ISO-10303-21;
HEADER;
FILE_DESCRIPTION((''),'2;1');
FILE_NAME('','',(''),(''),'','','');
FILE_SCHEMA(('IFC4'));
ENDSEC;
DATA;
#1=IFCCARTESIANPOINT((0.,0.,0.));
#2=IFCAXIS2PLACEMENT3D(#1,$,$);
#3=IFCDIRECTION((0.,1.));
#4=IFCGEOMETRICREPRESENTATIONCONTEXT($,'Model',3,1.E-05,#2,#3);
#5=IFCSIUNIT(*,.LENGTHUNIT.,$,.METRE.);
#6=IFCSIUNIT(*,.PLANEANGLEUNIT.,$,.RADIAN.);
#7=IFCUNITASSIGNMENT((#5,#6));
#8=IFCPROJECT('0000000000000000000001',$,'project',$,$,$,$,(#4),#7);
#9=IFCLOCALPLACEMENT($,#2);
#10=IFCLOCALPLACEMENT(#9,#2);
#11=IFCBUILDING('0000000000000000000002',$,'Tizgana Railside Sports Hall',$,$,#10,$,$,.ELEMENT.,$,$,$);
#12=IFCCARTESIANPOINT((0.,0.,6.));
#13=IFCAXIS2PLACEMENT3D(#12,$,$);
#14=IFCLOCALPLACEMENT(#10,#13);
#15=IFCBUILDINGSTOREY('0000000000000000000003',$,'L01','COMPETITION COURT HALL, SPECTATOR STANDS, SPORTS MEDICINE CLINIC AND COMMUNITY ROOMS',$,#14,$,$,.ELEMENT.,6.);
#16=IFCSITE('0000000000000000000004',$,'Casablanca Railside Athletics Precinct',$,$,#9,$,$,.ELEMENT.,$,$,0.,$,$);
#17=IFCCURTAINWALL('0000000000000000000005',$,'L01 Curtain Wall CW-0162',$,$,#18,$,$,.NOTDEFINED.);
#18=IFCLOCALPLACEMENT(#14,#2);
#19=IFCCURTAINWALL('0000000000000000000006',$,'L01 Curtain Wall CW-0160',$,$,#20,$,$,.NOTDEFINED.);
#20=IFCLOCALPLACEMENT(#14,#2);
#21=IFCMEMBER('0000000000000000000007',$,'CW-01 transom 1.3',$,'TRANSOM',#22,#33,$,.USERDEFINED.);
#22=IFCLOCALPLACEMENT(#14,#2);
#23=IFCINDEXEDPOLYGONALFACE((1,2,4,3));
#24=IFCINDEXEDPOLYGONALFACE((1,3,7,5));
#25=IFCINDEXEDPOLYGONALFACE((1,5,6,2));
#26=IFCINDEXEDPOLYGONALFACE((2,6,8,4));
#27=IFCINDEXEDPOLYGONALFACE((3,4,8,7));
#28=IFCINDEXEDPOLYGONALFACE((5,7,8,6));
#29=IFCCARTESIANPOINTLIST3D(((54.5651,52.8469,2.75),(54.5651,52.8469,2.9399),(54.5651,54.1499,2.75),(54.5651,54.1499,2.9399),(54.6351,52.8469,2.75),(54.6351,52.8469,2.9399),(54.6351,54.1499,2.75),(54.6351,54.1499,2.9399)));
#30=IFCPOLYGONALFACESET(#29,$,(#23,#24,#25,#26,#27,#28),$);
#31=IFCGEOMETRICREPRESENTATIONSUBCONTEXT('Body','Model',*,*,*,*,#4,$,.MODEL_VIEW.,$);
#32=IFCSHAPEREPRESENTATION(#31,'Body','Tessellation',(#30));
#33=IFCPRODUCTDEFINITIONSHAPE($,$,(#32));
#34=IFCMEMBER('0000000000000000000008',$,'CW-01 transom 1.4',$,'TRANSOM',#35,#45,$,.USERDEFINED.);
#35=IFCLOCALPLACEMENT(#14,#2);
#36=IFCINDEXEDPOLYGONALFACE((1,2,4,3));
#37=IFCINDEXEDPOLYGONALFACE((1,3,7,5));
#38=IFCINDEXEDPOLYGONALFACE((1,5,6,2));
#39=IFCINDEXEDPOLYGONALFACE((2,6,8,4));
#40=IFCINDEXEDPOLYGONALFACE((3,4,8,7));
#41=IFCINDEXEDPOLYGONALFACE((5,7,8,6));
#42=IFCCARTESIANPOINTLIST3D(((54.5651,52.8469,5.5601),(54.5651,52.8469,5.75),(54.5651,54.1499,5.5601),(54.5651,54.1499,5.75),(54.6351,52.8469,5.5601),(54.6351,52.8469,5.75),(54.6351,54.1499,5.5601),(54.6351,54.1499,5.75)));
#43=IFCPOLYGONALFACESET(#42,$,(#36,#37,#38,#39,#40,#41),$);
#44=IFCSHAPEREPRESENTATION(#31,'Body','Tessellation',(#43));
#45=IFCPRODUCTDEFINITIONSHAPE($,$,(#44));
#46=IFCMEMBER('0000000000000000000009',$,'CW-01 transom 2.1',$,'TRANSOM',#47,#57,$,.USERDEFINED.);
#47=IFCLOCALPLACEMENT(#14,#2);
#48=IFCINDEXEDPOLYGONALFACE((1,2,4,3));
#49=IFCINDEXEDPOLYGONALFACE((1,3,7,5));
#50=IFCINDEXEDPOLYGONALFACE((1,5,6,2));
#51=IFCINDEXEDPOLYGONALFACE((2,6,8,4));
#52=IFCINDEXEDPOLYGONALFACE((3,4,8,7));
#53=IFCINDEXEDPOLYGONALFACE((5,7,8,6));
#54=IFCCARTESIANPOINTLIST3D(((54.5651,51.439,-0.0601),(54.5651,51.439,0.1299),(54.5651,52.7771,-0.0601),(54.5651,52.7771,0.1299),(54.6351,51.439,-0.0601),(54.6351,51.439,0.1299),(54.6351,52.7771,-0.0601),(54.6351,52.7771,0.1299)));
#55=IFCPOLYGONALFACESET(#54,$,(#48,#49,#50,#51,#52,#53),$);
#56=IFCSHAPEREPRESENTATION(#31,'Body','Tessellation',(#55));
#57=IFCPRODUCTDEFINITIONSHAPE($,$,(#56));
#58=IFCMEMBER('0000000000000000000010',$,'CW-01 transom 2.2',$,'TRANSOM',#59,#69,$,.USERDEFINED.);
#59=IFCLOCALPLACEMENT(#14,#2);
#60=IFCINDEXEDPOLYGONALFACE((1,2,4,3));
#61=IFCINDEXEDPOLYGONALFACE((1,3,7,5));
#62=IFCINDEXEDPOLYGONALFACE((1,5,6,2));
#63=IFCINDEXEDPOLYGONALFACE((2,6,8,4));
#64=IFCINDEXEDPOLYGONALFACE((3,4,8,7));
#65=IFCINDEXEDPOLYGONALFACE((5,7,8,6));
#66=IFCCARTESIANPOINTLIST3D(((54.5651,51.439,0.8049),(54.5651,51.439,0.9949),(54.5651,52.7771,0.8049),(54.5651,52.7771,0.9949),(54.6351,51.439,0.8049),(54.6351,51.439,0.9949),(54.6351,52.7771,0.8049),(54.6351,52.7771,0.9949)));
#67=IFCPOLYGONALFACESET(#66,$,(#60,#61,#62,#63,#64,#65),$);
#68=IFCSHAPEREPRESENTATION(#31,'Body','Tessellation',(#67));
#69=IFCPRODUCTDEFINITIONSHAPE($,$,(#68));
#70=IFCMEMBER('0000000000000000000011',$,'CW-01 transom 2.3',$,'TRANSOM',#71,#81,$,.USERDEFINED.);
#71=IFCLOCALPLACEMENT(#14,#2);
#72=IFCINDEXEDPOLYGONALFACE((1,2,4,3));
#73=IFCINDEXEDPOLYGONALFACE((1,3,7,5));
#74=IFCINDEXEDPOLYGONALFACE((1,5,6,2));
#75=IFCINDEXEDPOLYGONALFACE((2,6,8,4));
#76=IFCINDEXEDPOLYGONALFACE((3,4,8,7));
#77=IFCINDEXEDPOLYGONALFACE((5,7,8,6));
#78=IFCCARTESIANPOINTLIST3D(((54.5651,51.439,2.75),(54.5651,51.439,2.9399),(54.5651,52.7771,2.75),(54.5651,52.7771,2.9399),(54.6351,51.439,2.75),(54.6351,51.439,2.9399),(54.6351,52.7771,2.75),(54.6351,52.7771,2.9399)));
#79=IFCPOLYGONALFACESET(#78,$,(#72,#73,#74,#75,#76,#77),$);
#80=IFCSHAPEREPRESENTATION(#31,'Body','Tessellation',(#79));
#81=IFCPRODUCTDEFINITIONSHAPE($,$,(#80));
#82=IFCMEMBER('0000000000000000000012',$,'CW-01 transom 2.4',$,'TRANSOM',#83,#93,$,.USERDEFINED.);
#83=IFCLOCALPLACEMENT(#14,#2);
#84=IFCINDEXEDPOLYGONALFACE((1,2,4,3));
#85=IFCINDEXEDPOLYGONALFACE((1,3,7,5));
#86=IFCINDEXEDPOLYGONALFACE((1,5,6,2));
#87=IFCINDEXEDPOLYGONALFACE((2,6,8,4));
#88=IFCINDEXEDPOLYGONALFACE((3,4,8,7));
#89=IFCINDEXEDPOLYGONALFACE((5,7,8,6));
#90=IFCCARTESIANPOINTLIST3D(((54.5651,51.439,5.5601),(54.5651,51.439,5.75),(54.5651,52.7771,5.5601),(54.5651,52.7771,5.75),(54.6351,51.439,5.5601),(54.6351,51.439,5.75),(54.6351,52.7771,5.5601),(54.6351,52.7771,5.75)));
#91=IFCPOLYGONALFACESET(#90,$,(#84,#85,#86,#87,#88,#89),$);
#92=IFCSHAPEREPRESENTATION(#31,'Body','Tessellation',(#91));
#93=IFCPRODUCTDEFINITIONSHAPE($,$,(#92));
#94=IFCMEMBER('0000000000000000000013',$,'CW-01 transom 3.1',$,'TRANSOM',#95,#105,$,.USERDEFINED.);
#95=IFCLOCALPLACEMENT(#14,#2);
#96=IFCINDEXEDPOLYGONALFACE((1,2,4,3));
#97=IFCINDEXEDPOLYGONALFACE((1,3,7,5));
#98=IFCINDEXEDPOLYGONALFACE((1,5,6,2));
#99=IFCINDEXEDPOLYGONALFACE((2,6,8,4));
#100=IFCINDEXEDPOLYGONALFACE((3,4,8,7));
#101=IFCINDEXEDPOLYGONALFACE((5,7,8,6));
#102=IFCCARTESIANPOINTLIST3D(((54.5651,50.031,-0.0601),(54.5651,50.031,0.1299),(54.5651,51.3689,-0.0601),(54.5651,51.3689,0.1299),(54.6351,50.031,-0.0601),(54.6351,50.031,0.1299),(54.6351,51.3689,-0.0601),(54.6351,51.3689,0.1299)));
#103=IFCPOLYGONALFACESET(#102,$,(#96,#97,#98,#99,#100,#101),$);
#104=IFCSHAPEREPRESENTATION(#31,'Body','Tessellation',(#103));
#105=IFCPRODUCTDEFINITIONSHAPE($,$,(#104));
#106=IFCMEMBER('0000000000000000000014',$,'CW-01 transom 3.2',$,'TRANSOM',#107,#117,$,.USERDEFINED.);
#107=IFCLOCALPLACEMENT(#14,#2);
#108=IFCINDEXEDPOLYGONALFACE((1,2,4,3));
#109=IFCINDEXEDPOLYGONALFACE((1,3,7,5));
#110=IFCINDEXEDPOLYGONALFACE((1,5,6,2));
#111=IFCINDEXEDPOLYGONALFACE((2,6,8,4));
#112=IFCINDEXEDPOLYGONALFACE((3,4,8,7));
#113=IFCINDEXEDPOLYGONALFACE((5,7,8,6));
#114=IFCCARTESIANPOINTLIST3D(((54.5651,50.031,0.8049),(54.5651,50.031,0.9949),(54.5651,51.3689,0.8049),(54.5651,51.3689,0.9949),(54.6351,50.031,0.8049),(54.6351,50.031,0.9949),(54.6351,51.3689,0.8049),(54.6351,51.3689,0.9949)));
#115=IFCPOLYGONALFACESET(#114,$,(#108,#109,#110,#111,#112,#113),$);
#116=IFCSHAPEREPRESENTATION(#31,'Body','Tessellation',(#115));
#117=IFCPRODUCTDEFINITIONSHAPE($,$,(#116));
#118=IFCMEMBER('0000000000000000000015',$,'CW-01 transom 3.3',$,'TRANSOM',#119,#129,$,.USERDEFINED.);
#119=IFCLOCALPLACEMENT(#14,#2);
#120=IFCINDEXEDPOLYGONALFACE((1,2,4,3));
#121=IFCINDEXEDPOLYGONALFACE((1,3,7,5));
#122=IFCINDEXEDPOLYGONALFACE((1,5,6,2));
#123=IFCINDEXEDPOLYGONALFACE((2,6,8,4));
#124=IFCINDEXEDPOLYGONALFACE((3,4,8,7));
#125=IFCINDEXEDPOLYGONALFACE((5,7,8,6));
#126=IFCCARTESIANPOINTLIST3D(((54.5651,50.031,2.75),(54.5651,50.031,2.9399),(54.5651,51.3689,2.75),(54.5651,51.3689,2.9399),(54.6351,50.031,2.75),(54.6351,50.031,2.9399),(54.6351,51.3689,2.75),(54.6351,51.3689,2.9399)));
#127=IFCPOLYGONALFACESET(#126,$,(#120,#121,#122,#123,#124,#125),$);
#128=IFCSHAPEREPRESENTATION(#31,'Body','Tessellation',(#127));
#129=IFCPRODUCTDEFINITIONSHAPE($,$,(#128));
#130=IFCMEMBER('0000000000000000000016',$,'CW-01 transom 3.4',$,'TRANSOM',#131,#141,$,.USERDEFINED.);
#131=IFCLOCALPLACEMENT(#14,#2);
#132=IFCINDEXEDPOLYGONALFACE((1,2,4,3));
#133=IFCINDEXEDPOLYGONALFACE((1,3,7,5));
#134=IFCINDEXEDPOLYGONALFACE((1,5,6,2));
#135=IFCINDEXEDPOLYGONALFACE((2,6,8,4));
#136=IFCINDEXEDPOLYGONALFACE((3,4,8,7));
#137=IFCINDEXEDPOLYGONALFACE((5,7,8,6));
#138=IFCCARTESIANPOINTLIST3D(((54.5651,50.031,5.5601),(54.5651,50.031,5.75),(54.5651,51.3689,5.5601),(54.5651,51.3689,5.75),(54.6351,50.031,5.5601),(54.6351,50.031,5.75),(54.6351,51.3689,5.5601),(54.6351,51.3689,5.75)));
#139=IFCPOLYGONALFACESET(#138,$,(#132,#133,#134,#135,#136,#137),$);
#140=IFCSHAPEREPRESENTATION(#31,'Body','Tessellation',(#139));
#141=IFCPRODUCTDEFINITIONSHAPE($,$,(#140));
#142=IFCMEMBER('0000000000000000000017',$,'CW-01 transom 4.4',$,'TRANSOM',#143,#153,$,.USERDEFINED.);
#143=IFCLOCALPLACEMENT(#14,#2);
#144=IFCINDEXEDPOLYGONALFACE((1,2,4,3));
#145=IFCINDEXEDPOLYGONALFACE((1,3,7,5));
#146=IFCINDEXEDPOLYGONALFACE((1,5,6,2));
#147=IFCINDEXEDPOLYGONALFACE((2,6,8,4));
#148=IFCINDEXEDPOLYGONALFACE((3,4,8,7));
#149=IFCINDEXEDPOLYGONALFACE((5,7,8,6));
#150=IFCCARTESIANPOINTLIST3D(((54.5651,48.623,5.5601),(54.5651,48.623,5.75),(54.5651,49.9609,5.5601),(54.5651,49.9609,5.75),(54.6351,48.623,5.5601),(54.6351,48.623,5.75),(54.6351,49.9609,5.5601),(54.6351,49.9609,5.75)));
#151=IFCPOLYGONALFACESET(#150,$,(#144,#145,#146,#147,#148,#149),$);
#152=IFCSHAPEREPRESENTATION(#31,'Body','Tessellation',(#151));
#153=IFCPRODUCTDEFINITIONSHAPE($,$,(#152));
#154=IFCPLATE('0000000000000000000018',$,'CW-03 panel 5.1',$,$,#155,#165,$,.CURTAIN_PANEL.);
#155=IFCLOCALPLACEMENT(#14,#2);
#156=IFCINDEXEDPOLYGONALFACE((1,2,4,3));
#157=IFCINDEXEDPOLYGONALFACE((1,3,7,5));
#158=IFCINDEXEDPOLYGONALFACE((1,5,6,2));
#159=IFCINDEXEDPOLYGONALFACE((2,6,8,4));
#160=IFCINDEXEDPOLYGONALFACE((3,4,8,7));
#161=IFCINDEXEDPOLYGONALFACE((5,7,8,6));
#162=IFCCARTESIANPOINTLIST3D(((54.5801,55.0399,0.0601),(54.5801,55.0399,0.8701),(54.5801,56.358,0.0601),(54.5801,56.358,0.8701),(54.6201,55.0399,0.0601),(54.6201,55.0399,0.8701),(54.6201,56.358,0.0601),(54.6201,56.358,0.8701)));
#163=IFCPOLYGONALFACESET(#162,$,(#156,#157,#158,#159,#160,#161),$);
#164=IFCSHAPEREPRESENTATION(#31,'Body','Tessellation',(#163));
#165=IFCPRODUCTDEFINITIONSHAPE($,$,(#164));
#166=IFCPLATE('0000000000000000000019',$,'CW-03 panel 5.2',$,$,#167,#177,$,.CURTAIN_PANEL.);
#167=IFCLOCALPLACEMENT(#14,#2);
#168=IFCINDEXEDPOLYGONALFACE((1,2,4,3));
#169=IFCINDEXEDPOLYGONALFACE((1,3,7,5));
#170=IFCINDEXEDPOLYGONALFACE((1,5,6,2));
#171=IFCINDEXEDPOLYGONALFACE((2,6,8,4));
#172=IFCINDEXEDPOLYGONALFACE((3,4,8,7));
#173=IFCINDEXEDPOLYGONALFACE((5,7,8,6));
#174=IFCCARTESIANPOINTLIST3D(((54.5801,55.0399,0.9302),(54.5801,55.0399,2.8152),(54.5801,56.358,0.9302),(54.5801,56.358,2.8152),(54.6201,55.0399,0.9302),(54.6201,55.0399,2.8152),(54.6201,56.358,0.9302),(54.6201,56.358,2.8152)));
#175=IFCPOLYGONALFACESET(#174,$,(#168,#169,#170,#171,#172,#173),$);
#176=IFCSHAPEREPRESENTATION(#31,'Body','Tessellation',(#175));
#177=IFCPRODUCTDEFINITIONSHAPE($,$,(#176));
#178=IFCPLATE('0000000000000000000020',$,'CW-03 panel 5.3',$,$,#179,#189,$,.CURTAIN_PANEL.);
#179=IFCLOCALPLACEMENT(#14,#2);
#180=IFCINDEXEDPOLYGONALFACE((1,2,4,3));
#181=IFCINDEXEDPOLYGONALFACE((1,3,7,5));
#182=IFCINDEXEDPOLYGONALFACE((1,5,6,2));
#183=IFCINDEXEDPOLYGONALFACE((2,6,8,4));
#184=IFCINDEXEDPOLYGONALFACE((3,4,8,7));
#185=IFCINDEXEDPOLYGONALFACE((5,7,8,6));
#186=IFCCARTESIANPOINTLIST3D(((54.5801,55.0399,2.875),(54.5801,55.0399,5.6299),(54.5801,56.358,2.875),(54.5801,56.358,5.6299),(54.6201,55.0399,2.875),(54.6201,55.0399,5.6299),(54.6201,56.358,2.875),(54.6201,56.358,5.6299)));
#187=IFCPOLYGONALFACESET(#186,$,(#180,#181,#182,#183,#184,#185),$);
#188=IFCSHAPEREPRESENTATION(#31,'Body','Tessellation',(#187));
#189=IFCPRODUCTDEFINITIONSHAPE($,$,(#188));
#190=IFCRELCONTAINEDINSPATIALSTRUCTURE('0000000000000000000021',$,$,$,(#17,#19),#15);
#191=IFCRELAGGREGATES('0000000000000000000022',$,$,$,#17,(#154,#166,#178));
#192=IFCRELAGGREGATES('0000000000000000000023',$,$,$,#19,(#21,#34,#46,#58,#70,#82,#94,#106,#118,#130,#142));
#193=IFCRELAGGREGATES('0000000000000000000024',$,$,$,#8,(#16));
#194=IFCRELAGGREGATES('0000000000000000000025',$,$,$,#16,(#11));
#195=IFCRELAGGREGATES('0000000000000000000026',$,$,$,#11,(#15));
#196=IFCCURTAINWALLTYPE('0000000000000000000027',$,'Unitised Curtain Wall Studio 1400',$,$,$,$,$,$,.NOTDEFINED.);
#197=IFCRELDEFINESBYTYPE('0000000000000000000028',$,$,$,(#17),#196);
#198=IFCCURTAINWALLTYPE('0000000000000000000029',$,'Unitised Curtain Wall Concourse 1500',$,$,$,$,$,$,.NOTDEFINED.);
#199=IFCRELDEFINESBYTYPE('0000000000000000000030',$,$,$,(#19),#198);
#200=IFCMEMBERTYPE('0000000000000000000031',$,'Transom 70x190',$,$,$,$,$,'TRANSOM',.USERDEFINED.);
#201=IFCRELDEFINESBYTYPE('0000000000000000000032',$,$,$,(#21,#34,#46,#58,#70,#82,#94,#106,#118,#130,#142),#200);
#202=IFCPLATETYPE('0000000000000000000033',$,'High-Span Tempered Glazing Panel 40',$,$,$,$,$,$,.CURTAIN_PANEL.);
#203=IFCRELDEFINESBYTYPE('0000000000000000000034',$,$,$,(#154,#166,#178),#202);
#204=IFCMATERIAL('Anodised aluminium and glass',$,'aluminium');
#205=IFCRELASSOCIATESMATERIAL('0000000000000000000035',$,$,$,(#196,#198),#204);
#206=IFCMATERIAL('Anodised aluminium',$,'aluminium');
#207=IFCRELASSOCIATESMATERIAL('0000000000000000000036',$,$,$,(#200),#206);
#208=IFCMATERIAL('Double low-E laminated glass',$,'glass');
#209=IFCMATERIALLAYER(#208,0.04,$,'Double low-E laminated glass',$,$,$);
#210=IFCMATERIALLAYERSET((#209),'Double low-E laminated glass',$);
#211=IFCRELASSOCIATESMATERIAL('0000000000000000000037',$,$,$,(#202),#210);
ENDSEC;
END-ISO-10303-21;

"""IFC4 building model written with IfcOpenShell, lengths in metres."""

from ifc_helpers import new_model, si_unit, direction, frame, origin, origin_2d, place, context, subcontext, project, spatial, rectangle, extrude, material, layer, layer_set, material_profile, profile_set, type_object, element, aggregate, save


model = new_model("IFC4")

# Units and contexts
model_context = context("Model", 3, precision=1e-05, world=origin(), true_north=direction((0.0, 1.0)))
body_context = subcontext(model_context, "Body", "Model", "MODEL_VIEW")
ifc_project = project(units=[si_unit("LENGTHUNIT", "METRE"), si_unit("PLANEANGLEUNIT", "RADIAN")], contexts=[model_context])

# Site, building, storey
site_placement = place(None, origin())
site = spatial("IfcSite", under=ifc_project, at=site_placement, Name="Casablanca Railside Athletics Precinct", CompositionType="ELEMENT", RefElevation=0.0)
building_placement = place(site_placement, origin())
building = spatial("IfcBuilding", under=site, at=building_placement, Name="Tizgana Railside Sports Hall", CompositionType="ELEMENT")
storey_placement = place(building_placement, frame((0.0, 0.0, 6.0)))
storey = spatial("IfcBuildingStorey", under=building, at=storey_placement, Name="L01", Description="COMPETITION COURT HALL, SPECTATOR STANDS, SPORTS MEDICINE CLINIC AND COMMUNITY ROOMS", CompositionType="ELEMENT", Elevation=6.0)

# Curtain wall
ifc_material_1 = material(Name="Anodised aluminium and glass", Category="aluminium")
curtain_wall_type_1 = type_object("IfcCurtainWallType", Name="Unitised Curtain Wall Studio 1400", PredefinedType="NOTDEFINED", material=ifc_material_1)
curtain_wall_1_placement = place(storey_placement, origin())
curtain_wall_1 = element("IfcCurtainWall", 1, at=curtain_wall_1_placement, inside=storey, type_object=curtain_wall_type_1, Name="L01 Curtain Wall CW-0162", PredefinedType="NOTDEFINED")
ifc_material_2 = material(Name="Anodised aluminium", Category="aluminium")

# Curtain wall
curtain_wall_type_2 = type_object("IfcCurtainWallType", Name="Unitised Curtain Wall Concourse 1500", PredefinedType="NOTDEFINED", material=ifc_material_1)
curtain_wall_2_placement = place(storey_placement, origin())
curtain_wall_2 = element("IfcCurtainWall", 2, at=curtain_wall_2_placement, inside=storey, type_object=curtain_wall_type_2, Name="L01 Curtain Wall CW-0160", PredefinedType="NOTDEFINED")

# Members
ifc_material_profile_1 = material_profile(ifc_material_2, rectangle(XDim=0.0701, YDim=0.1899, at=origin_2d()), Name="Transom 70x190")
ifc_profile_set_1 = profile_set([ifc_material_profile_1], Name="Anodised aluminium")
member_type_1 = type_object("IfcMemberType", Name="Transom 70x190", ElementType="TRANSOM", PredefinedType="USERDEFINED", material=ifc_profile_set_1)
member_1_placement = place(storey_placement, frame((54.6001, 54.1499, 2.845), z_axis=(0.0, -1.0, 0.0), x_axis=(1.0, 0.0, 0.0)))
member_1 = element("IfcMember", 3, at=member_1_placement, type_object=member_type_1, Name="CW-01 transom 1.3", ObjectType="TRANSOM", PredefinedType="USERDEFINED", context=body_context, shape_type="SweptSolid", body=[
    extrude(rectangle(XDim=0.0701, YDim=0.1899, at=origin_2d()), origin(), (0.0, 0.0, 1.0), 1.303),
])
member_2_placement = place(storey_placement, frame((54.6001, 54.1499, 5.655), z_axis=(0.0, -1.0, 0.0), x_axis=(1.0, 0.0, 0.0)))
member_2 = element("IfcMember", 4, at=member_2_placement, type_object=member_type_1, Name="CW-01 transom 1.4", ObjectType="TRANSOM", PredefinedType="USERDEFINED", context=body_context, shape_type="SweptSolid", body=[
    extrude(rectangle(XDim=0.0701, YDim=0.1899, at=origin_2d()), origin(), (0.0, 0.0, 1.0), 1.303),
])
member_3_placement = place(storey_placement, frame((54.6001, 52.7771, 0.0349), z_axis=(0.0, -1.0, 0.0), x_axis=(1.0, 0.0, 0.0)))
member_3 = element("IfcMember", 5, at=member_3_placement, type_object=member_type_1, Name="CW-01 transom 2.1", ObjectType="TRANSOM", PredefinedType="USERDEFINED", context=body_context, shape_type="SweptSolid", body=[
    extrude(rectangle(XDim=0.0701, YDim=0.1899, at=origin_2d()), origin(), (0.0, 0.0, 1.0), 1.3381),
])
member_4_placement = place(storey_placement, frame((54.6001, 52.7771, 0.8999), z_axis=(0.0, -1.0, 0.0), x_axis=(1.0, 0.0, 0.0)))
member_4 = element("IfcMember", 6, at=member_4_placement, type_object=member_type_1, Name="CW-01 transom 2.2", ObjectType="TRANSOM", PredefinedType="USERDEFINED", context=body_context, shape_type="SweptSolid", body=[
    extrude(rectangle(XDim=0.0701, YDim=0.1899, at=origin_2d()), origin(), (0.0, 0.0, 1.0), 1.3381),
])
member_5_placement = place(storey_placement, frame((54.6001, 52.7771, 2.845), z_axis=(0.0, -1.0, 0.0), x_axis=(1.0, 0.0, 0.0)))
member_5 = element("IfcMember", 7, at=member_5_placement, type_object=member_type_1, Name="CW-01 transom 2.3", ObjectType="TRANSOM", PredefinedType="USERDEFINED", context=body_context, shape_type="SweptSolid", body=[
    extrude(rectangle(XDim=0.0701, YDim=0.1899, at=origin_2d()), origin(), (0.0, 0.0, 1.0), 1.3381),
])
member_6_placement = place(storey_placement, frame((54.6001, 52.7771, 5.655), z_axis=(0.0, -1.0, 0.0), x_axis=(1.0, 0.0, 0.0)))
member_6 = element("IfcMember", 8, at=member_6_placement, type_object=member_type_1, Name="CW-01 transom 2.4", ObjectType="TRANSOM", PredefinedType="USERDEFINED", context=body_context, shape_type="SweptSolid", body=[
    extrude(rectangle(XDim=0.0701, YDim=0.1899, at=origin_2d()), origin(), (0.0, 0.0, 1.0), 1.3381),
])
member_7_placement = place(storey_placement, frame((54.6001, 51.3689, 0.0349), z_axis=(0.0, -1.0, 0.0), x_axis=(1.0, 0.0, 0.0)))
member_7 = element("IfcMember", 9, at=member_7_placement, type_object=member_type_1, Name="CW-01 transom 3.1", ObjectType="TRANSOM", PredefinedType="USERDEFINED", context=body_context, shape_type="SweptSolid", body=[
    extrude(rectangle(XDim=0.0701, YDim=0.1899, at=origin_2d()), origin(), (0.0, 0.0, 1.0), 1.3379),
])
member_8_placement = place(storey_placement, frame((54.6001, 51.3689, 0.8999), z_axis=(0.0, -1.0, 0.0), x_axis=(1.0, 0.0, 0.0)))
member_8 = element("IfcMember", 10, at=member_8_placement, type_object=member_type_1, Name="CW-01 transom 3.2", ObjectType="TRANSOM", PredefinedType="USERDEFINED", context=body_context, shape_type="SweptSolid", body=[
    extrude(rectangle(XDim=0.0701, YDim=0.1899, at=origin_2d()), origin(), (0.0, 0.0, 1.0), 1.3379),
])
member_9_placement = place(storey_placement, frame((54.6001, 51.3689, 2.845), z_axis=(0.0, -1.0, 0.0), x_axis=(1.0, 0.0, 0.0)))
member_9 = element("IfcMember", 11, at=member_9_placement, type_object=member_type_1, Name="CW-01 transom 3.3", ObjectType="TRANSOM", PredefinedType="USERDEFINED", context=body_context, shape_type="SweptSolid", body=[
    extrude(rectangle(XDim=0.0701, YDim=0.1899, at=origin_2d()), origin(), (0.0, 0.0, 1.0), 1.3379),
])
member_10_placement = place(storey_placement, frame((54.6001, 51.3689, 5.655), z_axis=(0.0, -1.0, 0.0), x_axis=(1.0, 0.0, 0.0)))
member_10 = element("IfcMember", 12, at=member_10_placement, type_object=member_type_1, Name="CW-01 transom 3.4", ObjectType="TRANSOM", PredefinedType="USERDEFINED", context=body_context, shape_type="SweptSolid", body=[
    extrude(rectangle(XDim=0.0701, YDim=0.1899, at=origin_2d()), origin(), (0.0, 0.0, 1.0), 1.3379),
])
member_11_placement = place(storey_placement, frame((54.6001, 49.9609, 5.655), z_axis=(0.0, -1.0, 0.0), x_axis=(1.0, 0.0, 0.0)))
member_11 = element("IfcMember", 13, at=member_11_placement, type_object=member_type_1, Name="CW-01 transom 4.4", ObjectType="TRANSOM", PredefinedType="USERDEFINED", context=body_context, shape_type="SweptSolid", body=[
    extrude(rectangle(XDim=0.0701, YDim=0.1899, at=origin_2d()), origin(), (0.0, 0.0, 1.0), 1.3379),
])

# Plates
ifc_material_3 = material(Name="Double low-E laminated glass", Category="glass")
ifc_layer_1 = layer(ifc_material_3, 0.04, Name="Double low-E laminated glass")
ifc_layer_set_1 = layer_set([ifc_layer_1], Name="Double low-E laminated glass")
plate_type_1 = type_object("IfcPlateType", Name="High-Span Tempered Glazing Panel 40", PredefinedType="CURTAIN_PANEL", material=ifc_layer_set_1)
plate_1_placement = place(storey_placement, frame((54.6001, 55.699, 0.0601), z_axis=(0.0, 0.0, 1.0), x_axis=(0.0, -1.0, 0.0)))
plate_1 = element("IfcPlate", 14, at=plate_1_placement, type_object=plate_type_1, Name="CW-03 panel 5.1", PredefinedType="CURTAIN_PANEL", context=body_context, shape_type="SweptSolid", body=[
    extrude(rectangle(XDim=1.3181, YDim=0.04, at=origin_2d()), origin(), (0.0, 0.0, 1.0), 0.8101),
])
plate_2_placement = place(storey_placement, frame((54.6001, 55.699, 0.9302), z_axis=(0.0, 0.0, 1.0), x_axis=(0.0, -1.0, 0.0)))
plate_2 = element("IfcPlate", 15, at=plate_2_placement, type_object=plate_type_1, Name="CW-03 panel 5.2", PredefinedType="CURTAIN_PANEL", context=body_context, shape_type="SweptSolid", body=[
    extrude(rectangle(XDim=1.3181, YDim=0.04, at=origin_2d()), origin(), (0.0, 0.0, 1.0), 1.885),
])
plate_3_placement = place(storey_placement, frame((54.6001, 55.699, 2.875), z_axis=(0.0, 0.0, 1.0), x_axis=(0.0, -1.0, 0.0)))
plate_3 = element("IfcPlate", 16, at=plate_3_placement, type_object=plate_type_1, Name="CW-03 panel 5.3", PredefinedType="CURTAIN_PANEL", context=body_context, shape_type="SweptSolid", body=[
    extrude(rectangle(XDim=1.3181, YDim=0.04, at=origin_2d()), origin(), (0.0, 0.0, 1.0), 2.7549),
])
aggregate(curtain_wall_1, [plate_1, plate_2, plate_3])
aggregate(curtain_wall_2, [member_1, member_2, member_3, member_4, member_5, member_6, member_7, member_8, member_9, member_10, member_11])

save(model, "model.ifc")
